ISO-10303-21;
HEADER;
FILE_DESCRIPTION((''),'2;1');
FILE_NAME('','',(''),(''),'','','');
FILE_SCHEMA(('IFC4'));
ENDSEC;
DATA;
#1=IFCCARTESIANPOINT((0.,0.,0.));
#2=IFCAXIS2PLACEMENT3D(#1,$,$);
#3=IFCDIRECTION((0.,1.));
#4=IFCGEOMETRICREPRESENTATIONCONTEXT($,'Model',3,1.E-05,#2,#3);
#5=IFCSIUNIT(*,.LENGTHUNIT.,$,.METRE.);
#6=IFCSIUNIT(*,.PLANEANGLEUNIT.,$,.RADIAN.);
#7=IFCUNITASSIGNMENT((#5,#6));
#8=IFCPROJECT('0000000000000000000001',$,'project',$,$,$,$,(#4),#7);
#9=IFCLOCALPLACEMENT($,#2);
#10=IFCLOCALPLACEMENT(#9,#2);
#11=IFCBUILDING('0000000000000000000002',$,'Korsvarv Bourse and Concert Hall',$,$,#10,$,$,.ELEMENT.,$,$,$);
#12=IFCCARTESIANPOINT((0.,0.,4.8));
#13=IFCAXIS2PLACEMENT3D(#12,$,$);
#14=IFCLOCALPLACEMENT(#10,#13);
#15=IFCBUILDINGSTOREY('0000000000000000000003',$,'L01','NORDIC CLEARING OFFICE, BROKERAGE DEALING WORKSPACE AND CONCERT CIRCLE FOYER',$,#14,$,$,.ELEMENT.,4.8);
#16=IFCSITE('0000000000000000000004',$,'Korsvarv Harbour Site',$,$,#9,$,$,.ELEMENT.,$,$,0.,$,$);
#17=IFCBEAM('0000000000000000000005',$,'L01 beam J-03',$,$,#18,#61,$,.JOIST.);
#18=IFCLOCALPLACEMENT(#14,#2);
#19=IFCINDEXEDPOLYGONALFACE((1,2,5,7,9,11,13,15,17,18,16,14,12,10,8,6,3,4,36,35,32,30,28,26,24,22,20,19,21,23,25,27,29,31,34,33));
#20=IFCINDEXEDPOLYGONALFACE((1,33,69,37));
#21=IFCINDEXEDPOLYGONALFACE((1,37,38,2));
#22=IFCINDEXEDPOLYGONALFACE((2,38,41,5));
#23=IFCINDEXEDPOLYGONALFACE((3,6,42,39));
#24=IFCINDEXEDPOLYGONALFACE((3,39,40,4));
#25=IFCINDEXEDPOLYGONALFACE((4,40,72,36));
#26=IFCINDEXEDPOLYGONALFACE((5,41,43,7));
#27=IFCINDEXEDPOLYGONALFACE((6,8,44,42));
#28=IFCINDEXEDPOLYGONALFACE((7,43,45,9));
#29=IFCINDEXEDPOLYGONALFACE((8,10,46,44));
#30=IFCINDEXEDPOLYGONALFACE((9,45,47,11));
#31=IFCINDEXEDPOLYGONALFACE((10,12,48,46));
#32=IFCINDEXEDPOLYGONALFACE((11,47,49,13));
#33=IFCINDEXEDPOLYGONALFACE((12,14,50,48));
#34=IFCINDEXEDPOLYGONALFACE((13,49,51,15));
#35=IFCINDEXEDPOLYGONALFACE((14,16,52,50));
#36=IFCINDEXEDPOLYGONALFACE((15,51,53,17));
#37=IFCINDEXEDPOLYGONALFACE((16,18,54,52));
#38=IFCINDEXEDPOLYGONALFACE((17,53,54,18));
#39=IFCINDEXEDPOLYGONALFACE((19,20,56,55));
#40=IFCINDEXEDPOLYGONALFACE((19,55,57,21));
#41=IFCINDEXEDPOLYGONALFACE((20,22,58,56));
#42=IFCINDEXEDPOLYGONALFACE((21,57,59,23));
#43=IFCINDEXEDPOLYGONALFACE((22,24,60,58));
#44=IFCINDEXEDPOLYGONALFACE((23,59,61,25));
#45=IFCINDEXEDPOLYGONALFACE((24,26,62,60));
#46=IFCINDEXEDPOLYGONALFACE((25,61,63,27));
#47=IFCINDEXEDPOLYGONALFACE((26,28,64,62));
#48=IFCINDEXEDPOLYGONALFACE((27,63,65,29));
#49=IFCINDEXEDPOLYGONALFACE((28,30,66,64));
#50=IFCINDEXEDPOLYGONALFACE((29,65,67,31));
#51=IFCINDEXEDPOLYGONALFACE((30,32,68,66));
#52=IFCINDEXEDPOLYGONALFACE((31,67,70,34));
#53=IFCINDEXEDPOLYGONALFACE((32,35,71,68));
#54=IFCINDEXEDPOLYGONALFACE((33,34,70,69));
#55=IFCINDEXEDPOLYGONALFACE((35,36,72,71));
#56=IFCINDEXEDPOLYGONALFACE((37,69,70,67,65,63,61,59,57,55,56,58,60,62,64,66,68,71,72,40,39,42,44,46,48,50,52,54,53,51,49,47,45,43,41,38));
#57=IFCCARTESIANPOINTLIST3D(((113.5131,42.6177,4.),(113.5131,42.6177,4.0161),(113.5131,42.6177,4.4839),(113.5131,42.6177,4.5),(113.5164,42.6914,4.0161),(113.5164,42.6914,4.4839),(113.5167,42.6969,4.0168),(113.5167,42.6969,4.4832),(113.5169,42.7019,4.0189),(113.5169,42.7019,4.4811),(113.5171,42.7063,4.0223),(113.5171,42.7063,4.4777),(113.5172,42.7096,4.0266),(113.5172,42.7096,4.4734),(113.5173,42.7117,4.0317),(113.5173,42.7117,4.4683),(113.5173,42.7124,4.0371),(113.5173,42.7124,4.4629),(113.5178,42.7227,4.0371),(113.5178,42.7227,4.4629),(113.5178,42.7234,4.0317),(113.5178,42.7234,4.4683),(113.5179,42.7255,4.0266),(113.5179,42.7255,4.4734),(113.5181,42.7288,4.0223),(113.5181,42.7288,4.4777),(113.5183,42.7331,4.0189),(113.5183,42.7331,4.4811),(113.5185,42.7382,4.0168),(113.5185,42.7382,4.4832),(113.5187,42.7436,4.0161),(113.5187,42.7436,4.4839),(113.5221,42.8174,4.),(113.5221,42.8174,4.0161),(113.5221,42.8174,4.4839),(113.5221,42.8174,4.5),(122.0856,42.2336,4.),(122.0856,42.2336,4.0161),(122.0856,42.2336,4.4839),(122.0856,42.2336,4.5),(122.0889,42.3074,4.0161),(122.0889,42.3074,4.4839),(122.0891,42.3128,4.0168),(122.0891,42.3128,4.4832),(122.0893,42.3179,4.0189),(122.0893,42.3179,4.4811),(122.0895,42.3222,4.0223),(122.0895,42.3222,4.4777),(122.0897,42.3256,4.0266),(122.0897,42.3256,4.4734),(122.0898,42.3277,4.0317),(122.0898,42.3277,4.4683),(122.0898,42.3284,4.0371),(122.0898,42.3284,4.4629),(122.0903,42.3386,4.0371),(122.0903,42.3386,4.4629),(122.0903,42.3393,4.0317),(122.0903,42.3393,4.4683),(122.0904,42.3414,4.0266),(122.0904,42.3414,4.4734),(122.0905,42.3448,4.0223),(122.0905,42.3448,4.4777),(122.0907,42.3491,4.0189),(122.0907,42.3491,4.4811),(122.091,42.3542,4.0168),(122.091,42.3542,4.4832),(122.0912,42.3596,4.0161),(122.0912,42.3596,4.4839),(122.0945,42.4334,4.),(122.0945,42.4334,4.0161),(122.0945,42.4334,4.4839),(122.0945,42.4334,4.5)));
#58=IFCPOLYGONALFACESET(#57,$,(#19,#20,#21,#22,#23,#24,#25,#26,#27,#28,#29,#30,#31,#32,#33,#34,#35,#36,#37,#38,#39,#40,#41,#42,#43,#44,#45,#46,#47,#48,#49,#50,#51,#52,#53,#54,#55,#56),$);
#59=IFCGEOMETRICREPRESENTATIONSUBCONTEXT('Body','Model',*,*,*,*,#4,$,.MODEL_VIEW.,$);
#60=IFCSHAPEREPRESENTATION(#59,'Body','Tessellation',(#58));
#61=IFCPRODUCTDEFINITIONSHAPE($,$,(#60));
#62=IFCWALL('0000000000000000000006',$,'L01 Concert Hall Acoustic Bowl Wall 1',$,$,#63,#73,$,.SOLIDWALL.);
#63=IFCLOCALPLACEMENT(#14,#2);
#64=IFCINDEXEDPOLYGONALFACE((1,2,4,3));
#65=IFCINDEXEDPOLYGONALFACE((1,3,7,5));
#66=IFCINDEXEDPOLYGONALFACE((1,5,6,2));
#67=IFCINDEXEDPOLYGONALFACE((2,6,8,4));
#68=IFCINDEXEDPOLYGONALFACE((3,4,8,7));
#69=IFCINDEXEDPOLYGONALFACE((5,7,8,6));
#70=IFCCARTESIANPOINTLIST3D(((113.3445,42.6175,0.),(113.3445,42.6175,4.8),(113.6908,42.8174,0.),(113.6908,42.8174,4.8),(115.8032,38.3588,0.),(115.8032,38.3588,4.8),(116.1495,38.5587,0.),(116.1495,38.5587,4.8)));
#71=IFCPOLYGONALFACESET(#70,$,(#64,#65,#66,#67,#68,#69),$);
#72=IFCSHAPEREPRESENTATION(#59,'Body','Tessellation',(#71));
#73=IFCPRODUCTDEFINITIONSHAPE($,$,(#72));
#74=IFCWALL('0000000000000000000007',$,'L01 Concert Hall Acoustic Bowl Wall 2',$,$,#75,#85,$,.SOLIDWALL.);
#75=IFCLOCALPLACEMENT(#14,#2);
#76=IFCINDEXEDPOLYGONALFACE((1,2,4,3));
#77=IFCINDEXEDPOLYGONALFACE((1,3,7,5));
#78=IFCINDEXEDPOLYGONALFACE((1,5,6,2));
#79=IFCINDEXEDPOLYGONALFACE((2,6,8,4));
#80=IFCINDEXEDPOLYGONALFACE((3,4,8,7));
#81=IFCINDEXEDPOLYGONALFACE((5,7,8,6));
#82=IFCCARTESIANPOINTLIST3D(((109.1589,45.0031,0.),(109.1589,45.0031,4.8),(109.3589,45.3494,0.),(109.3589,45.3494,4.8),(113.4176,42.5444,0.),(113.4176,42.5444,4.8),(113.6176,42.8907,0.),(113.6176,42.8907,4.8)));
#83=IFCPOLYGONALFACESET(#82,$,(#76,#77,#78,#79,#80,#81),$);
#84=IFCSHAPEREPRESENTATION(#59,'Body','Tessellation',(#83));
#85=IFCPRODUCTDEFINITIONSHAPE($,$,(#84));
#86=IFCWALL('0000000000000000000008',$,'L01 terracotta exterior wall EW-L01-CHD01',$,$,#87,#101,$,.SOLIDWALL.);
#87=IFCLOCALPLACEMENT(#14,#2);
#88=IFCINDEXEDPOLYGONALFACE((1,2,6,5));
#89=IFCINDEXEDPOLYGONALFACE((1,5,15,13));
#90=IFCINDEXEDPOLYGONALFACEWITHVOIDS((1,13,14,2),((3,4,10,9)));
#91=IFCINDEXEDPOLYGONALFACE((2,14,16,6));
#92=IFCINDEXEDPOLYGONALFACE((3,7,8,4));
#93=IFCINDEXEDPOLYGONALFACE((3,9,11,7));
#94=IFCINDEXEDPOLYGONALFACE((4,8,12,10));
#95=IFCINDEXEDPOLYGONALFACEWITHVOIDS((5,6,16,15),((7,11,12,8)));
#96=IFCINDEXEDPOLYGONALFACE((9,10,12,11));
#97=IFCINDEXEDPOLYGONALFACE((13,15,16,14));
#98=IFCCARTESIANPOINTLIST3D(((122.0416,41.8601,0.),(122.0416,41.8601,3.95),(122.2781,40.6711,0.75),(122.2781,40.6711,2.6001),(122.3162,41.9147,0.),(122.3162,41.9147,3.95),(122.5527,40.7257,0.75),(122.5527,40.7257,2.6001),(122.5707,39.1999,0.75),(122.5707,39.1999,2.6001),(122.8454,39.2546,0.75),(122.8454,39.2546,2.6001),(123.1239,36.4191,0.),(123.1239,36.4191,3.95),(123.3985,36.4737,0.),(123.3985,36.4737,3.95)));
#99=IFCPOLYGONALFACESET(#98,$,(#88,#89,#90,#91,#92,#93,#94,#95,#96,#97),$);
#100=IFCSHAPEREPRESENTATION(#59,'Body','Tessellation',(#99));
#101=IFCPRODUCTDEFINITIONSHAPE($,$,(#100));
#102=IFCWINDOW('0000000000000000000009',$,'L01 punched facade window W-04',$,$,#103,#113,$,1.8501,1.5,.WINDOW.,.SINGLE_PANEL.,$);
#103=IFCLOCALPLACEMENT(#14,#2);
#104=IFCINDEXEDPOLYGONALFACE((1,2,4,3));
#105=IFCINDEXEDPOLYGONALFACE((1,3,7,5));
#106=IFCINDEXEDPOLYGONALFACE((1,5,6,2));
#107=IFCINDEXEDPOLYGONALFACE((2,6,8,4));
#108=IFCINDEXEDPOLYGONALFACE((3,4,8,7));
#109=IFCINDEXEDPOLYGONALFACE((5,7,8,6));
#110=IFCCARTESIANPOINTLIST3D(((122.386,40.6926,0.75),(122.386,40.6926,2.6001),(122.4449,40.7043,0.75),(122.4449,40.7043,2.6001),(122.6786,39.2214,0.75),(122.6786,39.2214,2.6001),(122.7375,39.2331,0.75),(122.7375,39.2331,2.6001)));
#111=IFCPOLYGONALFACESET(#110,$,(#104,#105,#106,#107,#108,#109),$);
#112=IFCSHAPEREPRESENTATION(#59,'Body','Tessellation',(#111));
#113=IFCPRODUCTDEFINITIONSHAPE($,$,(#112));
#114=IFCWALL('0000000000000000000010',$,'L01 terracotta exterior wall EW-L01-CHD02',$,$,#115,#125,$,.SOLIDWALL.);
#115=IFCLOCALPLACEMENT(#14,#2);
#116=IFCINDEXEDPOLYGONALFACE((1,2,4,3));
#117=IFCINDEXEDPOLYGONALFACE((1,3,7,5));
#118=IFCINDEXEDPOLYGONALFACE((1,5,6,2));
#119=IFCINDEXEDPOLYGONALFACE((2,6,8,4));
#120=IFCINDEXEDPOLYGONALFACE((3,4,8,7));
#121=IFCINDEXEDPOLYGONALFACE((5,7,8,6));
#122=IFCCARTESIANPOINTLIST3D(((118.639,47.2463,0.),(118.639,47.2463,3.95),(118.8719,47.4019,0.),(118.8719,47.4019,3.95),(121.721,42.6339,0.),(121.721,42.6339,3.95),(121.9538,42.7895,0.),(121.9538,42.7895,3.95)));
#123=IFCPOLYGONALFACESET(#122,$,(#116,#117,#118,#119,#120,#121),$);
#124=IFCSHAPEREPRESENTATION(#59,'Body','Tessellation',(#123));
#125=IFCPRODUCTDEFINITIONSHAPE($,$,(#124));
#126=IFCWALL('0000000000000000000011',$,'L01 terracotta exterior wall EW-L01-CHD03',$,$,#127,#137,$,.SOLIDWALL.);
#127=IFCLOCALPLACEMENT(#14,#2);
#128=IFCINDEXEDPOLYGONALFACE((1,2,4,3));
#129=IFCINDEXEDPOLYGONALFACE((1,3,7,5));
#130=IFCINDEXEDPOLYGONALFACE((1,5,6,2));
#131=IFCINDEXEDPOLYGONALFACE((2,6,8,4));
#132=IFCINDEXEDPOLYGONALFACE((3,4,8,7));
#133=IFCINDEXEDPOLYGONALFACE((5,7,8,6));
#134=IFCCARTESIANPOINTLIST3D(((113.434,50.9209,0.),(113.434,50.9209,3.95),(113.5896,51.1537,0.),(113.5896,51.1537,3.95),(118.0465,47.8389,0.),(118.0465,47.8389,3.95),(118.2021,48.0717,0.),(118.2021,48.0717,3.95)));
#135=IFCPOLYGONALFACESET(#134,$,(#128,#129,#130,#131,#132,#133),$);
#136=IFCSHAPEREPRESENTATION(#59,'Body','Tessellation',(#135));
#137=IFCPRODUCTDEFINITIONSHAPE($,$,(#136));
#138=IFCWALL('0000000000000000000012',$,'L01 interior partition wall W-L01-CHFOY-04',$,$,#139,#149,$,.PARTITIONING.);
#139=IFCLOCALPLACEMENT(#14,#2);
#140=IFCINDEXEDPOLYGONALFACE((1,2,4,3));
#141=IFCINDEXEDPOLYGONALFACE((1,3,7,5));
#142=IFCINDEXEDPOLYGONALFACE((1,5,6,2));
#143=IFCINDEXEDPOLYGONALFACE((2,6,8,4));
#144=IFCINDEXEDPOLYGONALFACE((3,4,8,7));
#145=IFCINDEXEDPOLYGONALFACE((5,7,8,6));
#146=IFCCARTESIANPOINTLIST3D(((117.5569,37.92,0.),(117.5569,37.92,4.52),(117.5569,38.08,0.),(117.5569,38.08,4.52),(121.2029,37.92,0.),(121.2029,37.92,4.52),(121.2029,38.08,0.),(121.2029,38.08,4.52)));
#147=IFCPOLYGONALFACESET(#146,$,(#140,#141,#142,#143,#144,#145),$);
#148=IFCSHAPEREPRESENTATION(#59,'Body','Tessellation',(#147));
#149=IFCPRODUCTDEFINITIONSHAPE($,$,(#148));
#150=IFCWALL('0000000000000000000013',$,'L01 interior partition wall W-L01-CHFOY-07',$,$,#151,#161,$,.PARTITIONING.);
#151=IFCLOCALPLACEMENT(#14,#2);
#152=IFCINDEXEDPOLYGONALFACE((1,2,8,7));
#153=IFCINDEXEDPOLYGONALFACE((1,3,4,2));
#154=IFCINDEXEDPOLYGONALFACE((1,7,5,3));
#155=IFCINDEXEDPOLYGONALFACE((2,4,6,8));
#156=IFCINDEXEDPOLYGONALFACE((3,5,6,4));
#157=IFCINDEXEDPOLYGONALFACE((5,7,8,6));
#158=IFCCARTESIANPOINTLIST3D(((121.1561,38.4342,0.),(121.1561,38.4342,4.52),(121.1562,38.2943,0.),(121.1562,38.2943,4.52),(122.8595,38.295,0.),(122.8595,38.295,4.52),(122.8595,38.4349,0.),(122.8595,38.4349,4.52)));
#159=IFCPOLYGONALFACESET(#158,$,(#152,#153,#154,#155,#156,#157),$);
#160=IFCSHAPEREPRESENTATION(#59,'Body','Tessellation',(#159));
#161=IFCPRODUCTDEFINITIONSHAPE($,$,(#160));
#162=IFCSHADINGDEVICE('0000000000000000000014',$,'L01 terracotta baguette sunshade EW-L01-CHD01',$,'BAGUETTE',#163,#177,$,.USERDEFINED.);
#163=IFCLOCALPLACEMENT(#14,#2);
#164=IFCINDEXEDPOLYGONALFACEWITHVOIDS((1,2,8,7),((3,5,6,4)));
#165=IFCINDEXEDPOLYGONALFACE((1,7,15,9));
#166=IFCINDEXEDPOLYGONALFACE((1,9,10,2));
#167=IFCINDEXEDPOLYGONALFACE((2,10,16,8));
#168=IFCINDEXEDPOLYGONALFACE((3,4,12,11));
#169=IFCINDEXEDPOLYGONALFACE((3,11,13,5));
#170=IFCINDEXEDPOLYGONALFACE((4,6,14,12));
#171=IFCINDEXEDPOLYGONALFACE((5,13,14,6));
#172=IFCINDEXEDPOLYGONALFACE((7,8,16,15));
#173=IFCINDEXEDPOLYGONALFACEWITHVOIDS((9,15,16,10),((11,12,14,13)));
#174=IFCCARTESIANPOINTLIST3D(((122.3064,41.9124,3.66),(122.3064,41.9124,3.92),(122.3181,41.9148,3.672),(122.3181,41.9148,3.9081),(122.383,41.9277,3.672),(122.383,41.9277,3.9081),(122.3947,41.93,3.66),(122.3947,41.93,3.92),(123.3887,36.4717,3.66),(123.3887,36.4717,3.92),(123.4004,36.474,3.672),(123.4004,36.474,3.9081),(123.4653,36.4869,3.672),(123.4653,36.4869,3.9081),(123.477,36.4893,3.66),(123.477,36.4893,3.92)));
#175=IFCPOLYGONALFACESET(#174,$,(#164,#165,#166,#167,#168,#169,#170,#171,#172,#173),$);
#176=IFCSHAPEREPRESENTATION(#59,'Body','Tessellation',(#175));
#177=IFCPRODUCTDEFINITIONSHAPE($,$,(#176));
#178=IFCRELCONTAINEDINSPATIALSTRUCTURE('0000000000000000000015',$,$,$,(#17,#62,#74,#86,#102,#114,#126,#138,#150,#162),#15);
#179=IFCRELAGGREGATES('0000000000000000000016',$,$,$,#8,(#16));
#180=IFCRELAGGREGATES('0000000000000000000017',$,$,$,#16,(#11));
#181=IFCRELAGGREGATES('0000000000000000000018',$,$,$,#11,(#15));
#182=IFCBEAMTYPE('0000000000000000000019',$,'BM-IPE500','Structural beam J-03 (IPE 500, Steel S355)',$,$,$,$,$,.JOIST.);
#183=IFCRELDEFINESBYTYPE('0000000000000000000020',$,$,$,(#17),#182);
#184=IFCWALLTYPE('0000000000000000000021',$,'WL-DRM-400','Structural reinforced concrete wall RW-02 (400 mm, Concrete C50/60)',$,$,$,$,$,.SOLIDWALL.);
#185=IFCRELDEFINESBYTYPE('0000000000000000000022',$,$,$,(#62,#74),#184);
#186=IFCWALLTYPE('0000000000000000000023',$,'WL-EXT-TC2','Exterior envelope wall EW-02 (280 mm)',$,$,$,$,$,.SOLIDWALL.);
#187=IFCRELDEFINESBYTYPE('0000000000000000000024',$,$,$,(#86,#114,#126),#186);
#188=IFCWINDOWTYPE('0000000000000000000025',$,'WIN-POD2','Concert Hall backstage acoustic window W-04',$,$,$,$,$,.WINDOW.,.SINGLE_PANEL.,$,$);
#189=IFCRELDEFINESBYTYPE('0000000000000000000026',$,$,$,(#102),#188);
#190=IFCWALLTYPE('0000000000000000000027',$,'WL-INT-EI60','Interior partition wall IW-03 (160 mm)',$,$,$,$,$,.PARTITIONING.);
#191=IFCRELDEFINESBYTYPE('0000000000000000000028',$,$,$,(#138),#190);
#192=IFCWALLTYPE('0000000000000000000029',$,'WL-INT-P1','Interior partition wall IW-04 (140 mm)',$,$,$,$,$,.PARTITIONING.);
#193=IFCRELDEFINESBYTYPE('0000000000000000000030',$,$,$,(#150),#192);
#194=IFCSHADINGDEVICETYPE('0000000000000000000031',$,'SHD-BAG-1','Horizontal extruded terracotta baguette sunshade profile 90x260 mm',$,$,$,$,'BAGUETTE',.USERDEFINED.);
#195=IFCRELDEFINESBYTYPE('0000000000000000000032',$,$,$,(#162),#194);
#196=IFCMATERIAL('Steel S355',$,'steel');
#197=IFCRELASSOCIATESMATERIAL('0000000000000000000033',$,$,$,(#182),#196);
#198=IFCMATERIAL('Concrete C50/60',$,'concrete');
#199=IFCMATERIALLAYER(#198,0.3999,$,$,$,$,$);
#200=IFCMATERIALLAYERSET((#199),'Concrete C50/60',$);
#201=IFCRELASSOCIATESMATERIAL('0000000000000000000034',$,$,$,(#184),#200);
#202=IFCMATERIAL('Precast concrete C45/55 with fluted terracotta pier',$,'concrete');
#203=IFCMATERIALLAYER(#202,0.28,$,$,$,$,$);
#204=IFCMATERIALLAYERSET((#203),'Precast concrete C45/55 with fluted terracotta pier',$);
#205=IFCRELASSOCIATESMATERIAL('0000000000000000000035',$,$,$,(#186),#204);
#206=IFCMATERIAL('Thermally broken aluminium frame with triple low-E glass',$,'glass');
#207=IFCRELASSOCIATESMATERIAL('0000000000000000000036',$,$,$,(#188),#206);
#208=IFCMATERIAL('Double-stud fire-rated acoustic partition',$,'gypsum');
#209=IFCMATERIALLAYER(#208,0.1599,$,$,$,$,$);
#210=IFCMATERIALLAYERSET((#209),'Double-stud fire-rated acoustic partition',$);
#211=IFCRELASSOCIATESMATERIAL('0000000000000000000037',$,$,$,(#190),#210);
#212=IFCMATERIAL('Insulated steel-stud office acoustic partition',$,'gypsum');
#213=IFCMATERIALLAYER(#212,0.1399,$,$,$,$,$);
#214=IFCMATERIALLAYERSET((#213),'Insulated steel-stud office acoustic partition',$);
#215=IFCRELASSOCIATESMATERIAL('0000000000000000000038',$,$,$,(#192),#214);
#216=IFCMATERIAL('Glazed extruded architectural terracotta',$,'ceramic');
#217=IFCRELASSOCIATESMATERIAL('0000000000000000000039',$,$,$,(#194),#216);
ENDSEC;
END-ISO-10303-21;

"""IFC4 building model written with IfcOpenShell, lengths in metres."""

from ifc_helpers import new_model, si_unit, direction, frame, frame_2d, origin, origin_2d, place, context, subcontext, project, spatial, rectangle, hollow_rectangle, i_section, extrude, source, transform, mapped, material, layer, layer_set, material_profile, profile_set, type_object, element, fill, save


model = new_model("IFC4")

# Units and contexts
model_context = context("Model", 3, precision=1e-05, world=origin(), true_north=direction((0.0, 1.0)))
body_context = subcontext(model_context, "Body", "Model", "MODEL_VIEW")
ifc_project = project(units=[si_unit("LENGTHUNIT", "METRE"), si_unit("PLANEANGLEUNIT", "RADIAN")], contexts=[model_context])

# Site, building, storey
site_placement = place(None, origin())
site = spatial("IfcSite", under=ifc_project, at=site_placement, Name="Korsvarv Harbour Site", CompositionType="ELEMENT", RefElevation=0.0)
building_placement = place(site_placement, origin())
building = spatial("IfcBuilding", under=site, at=building_placement, Name="Korsvarv Bourse and Concert Hall", CompositionType="ELEMENT")
storey_placement = place(building_placement, frame((0.0, 0.0, 4.8)))
storey = spatial("IfcBuildingStorey", under=building, at=storey_placement, Name="L01", Description="NORDIC CLEARING OFFICE, BROKERAGE DEALING WORKSPACE AND CONCERT CIRCLE FOYER", CompositionType="ELEMENT", Elevation=4.8)

# Shared definitions
ifc_material_1 = material(Name="Concrete C50/60", Category="concrete")

# Beam
ifc_material_2 = material(Name="Steel S355", Category="steel")
ifc_material_profile_1 = material_profile(ifc_material_2, i_section(OverallWidth=0.2, OverallDepth=0.5, WebThickness=0.0103, FlangeThickness=0.0161, FilletRadius=0.021, at=origin_2d()), Name="IPE 500")
ifc_profile_set_1 = profile_set([ifc_material_profile_1], Name="Steel S355")
beam_type_1 = type_object("IfcBeamType", Name="BM-IPE500", Description="Structural beam J-03 (IPE 500, Steel S355)", PredefinedType="JOIST", material=ifc_profile_set_1)
shared_shape_1 = source(origin(), body_context, "Body", "SweptSolid", [
    extrude(i_section(OverallWidth=0.2, OverallDepth=0.5, WebThickness=0.0103, FlangeThickness=0.0161, FilletRadius=0.021, at=origin_2d()), origin(), (0.0, 0.0, 1.0), 8.5811),
])
beam_1_placement = place(storey_placement, frame((113.5176, 42.7175, 4.25), z_axis=(0.998998, -0.044753, 0.0), x_axis=(0.044753, 0.998998, 0.0)))
element("IfcBeam", 1, at=beam_1_placement, inside=storey, type_object=beam_type_1, Name="L01 beam J-03", PredefinedType="JOIST", context=body_context, shape_type="MappedRepresentation", body=[
    mapped(shared_shape_1, transform((0.0, 0.0, 0.0), scale=1.0)),
])

# Walls
ifc_layer_1 = layer(ifc_material_1, 0.3999)
ifc_layer_set_1 = layer_set([ifc_layer_1], Name="Concrete C50/60")
wall_type_1 = type_object("IfcWallType", Name="WL-DRM-400", Description="Structural reinforced concrete wall RW-02 (400 mm, Concrete C50/60)", PredefinedType="SOLIDWALL", material=ifc_layer_set_1)
for number, where, z_axis, x_axis, name in (
    (2, (115.9763, 38.4587, 0.0), (0.0, 0.0, 1.0), (-0.499989, 0.866032, 0.0), "L01 Concert Hall Acoustic Bowl Wall 1"),
    (3, (113.5176, 42.7175, 0.0), (0.0, 0.0, 1.0), (-0.866032, 0.499989, 0.0), "L01 Concert Hall Acoustic Bowl Wall 2"),
):
    element("IfcWall", number, at=place(storey_placement, frame(where, z_axis=z_axis, x_axis=x_axis)), inside=storey, type_object=wall_type_1, Name=name, PredefinedType="SOLIDWALL", context=body_context, shape_type="SweptSolid", body=[
        extrude(rectangle(XDim=4.9175, YDim=0.3999, at=frame_2d((2.4587, 0.0))), origin(), (0.0, 0.0, 1.0), 4.8),
    ])

# Wall, opening, window
ifc_material_3 = material(Name="Precast concrete C45/55 with fluted terracotta pier", Category="concrete")
ifc_layer_2 = layer(ifc_material_3, 0.28)
ifc_layer_set_2 = layer_set([ifc_layer_2], Name="Precast concrete C45/55 with fluted terracotta pier")
wall_type_2 = type_object("IfcWallType", Name="WL-EXT-TC2", Description="Exterior envelope wall EW-02 (280 mm)", PredefinedType="SOLIDWALL", material=ifc_layer_set_2)
wall_1_placement = place(storey_placement, frame((123.2612, 36.4463, 0.0), z_axis=(0.0, 0.0, 1.0), x_axis=(-0.195092, 0.980785, 0.0)))
wall_1 = element("IfcWall", 4, at=wall_1_placement, inside=storey, type_object=wall_type_2, Name="L01 terracotta exterior wall EW-L01-CHD01", PredefinedType="SOLIDWALL", context=body_context, shape_type="SweptSolid", body=[
    extrude(rectangle(XDim=5.5476, YDim=0.28, at=frame_2d((2.7739, 0.0))), origin(), (0.0, 0.0, 1.0), 3.95),
])
opening_placement = place(wall_1_placement, frame((2.8354, 0.0, 0.75)))
opening = element("IfcOpeningElement", 5, at=opening_placement, cuts=wall_1, PredefinedType="OPENING", context=body_context, shape_type="SweptSolid", body=[
    extrude(rectangle(XDim=1.5, YDim=1.8501, at=frame_2d((0.75, 0.925))), frame((0.0, 0.1499, 0.0), z_axis=(0.0, -1.0, 0.0), x_axis=(1.0, 0.0, 0.0)), (0.0, 0.0, 1.0), 0.3),
])
ifc_material_4 = material(Name="Thermally broken aluminium frame with triple low-E glass", Category="glass")
window_type = type_object("IfcWindowType", Name="WIN-POD2", Description="Concert Hall backstage acoustic window W-04", PartitioningType="SINGLE_PANEL", PredefinedType="WINDOW", material=ifc_material_4)
window_placement = place(opening_placement, origin())
window = element("IfcWindow", 6, at=window_placement, inside=storey, type_object=window_type, Name="L01 punched facade window W-04", OverallHeight=1.8501, OverallWidth=1.5, PartitioningType="SINGLE_PANEL", PredefinedType="WINDOW", context=body_context, shape_type="SweptSolid", body=[
    extrude(rectangle(XDim=1.5, YDim=1.8501, at=frame_2d((0.75, 0.925))), frame((0.0, 0.03, 0.0), z_axis=(0.0, -1.0, 0.0), x_axis=(1.0, 0.0, 0.0)), (0.0, 0.0, 1.0), 0.0601),
])
fill(opening, window)

# Walls
for number, where, z_axis, x_axis, name in (
    (7, (121.8374, 42.7117, 0.0), (0.0, 0.0, 1.0), (-0.555573, 0.831468, 0.0), "L01 terracotta exterior wall EW-L01-CHD02"),
    (8, (118.1243, 47.9553, 0.0), (0.0, 0.0, 1.0), (-0.831468, 0.555573, 0.0), "L01 terracotta exterior wall EW-L01-CHD03"),
):
    element("IfcWall", number, at=place(storey_placement, frame(where, z_axis=z_axis, x_axis=x_axis)), inside=storey, type_object=wall_type_2, Name=name, PredefinedType="SOLIDWALL", context=body_context, shape_type="SweptSolid", body=[
        extrude(rectangle(XDim=5.5474, YDim=0.28, at=frame_2d((2.7737, 0.0))), origin(), (0.0, 0.0, 1.0), 3.95),
    ])
ifc_material_5 = material(Name="Double-stud fire-rated acoustic partition", Category="gypsum")
ifc_layer_3 = layer(ifc_material_5, 0.1599)
ifc_layer_set_3 = layer_set([ifc_layer_3], Name="Double-stud fire-rated acoustic partition")
wall_type_3 = type_object("IfcWallType", Name="WL-INT-EI60", Description="Interior partition wall IW-03 (160 mm)", PredefinedType="PARTITIONING", material=ifc_layer_set_3)
wall_2_placement = place(storey_placement, frame((117.5569, 38.0, 0.0), z_axis=(0.0, 0.0, 1.0), x_axis=(1.0, 0.0, 0.0)))
element("IfcWall", 9, at=wall_2_placement, inside=storey, type_object=wall_type_3, Name="L01 interior partition wall W-L01-CHFOY-04", PredefinedType="PARTITIONING", context=body_context, shape_type="SweptSolid", body=[
    extrude(rectangle(XDim=3.646, YDim=0.1599, at=frame_2d((1.823, 0.0))), origin(), (0.0, 0.0, 1.0), 4.52),
])
ifc_material_6 = material(Name="Insulated steel-stud office acoustic partition", Category="gypsum")
ifc_layer_4 = layer(ifc_material_6, 0.1399)
ifc_layer_set_4 = layer_set([ifc_layer_4], Name="Insulated steel-stud office acoustic partition")
wall_type_4 = type_object("IfcWallType", Name="WL-INT-P1", Description="Interior partition wall IW-04 (140 mm)", PredefinedType="PARTITIONING", material=ifc_layer_set_4)
wall_3_placement = place(storey_placement, frame((121.1562, 38.3643, 0.0), z_axis=(0.0, 0.0, 1.0), x_axis=(1.0, 0.00043, 0.0)))
element("IfcWall", 10, at=wall_3_placement, inside=storey, type_object=wall_type_4, Name="L01 interior partition wall W-L01-CHFOY-07", PredefinedType="PARTITIONING", context=body_context, shape_type="SweptSolid", body=[
    extrude(rectangle(XDim=1.7034, YDim=0.1399, at=frame_2d((0.8516, 0.0))), origin(), (0.0, 0.0, 1.0), 4.52),
])

# Shading device
ifc_material_7 = material(Name="Glazed extruded architectural terracotta", Category="ceramic")
ifc_material_profile_2 = material_profile(ifc_material_7, hollow_rectangle(XDim=0.0901, YDim=0.26, WallThickness=0.012, at=origin_2d()), Name="TC-BAG 90x260")
ifc_profile_set_2 = profile_set([ifc_material_profile_2], Name="Glazed extruded architectural terracotta")
shading_device_type = type_object("IfcShadingDeviceType", Name="SHD-BAG-1", Description="Horizontal extruded terracotta baguette sunshade profile 90x260 mm", ElementType="BAGUETTE", PredefinedType="USERDEFINED", material=ifc_profile_set_2)
shared_shape_2 = source(origin(), body_context, "Body", "SweptSolid", [
    extrude(hollow_rectangle(XDim=0.0901, YDim=0.26, WallThickness=0.012, at=origin_2d()), origin(), (0.0, 0.0, 1.0), 5.5474),
])
for number, where, z_axis, x_axis, name in (
    (11, (123.4329, 36.4805, 3.79), (-0.1951, 0.980783, 0.0), (-0.980783, -0.1951, 0.0), "L01 terracotta baguette sunshade EW-L01-CHD01"),
):
    element("IfcShadingDevice", number, at=place(storey_placement, frame(where, z_axis=z_axis, x_axis=x_axis)), inside=storey, type_object=shading_device_type, Name=name, ObjectType="BAGUETTE", PredefinedType="USERDEFINED", context=body_context, shape_type="MappedRepresentation", body=[
        mapped(shared_shape_2, transform((0.0, 0.0, 0.0), scale=1.0)),
    ])

save(model, "model.ifc")
